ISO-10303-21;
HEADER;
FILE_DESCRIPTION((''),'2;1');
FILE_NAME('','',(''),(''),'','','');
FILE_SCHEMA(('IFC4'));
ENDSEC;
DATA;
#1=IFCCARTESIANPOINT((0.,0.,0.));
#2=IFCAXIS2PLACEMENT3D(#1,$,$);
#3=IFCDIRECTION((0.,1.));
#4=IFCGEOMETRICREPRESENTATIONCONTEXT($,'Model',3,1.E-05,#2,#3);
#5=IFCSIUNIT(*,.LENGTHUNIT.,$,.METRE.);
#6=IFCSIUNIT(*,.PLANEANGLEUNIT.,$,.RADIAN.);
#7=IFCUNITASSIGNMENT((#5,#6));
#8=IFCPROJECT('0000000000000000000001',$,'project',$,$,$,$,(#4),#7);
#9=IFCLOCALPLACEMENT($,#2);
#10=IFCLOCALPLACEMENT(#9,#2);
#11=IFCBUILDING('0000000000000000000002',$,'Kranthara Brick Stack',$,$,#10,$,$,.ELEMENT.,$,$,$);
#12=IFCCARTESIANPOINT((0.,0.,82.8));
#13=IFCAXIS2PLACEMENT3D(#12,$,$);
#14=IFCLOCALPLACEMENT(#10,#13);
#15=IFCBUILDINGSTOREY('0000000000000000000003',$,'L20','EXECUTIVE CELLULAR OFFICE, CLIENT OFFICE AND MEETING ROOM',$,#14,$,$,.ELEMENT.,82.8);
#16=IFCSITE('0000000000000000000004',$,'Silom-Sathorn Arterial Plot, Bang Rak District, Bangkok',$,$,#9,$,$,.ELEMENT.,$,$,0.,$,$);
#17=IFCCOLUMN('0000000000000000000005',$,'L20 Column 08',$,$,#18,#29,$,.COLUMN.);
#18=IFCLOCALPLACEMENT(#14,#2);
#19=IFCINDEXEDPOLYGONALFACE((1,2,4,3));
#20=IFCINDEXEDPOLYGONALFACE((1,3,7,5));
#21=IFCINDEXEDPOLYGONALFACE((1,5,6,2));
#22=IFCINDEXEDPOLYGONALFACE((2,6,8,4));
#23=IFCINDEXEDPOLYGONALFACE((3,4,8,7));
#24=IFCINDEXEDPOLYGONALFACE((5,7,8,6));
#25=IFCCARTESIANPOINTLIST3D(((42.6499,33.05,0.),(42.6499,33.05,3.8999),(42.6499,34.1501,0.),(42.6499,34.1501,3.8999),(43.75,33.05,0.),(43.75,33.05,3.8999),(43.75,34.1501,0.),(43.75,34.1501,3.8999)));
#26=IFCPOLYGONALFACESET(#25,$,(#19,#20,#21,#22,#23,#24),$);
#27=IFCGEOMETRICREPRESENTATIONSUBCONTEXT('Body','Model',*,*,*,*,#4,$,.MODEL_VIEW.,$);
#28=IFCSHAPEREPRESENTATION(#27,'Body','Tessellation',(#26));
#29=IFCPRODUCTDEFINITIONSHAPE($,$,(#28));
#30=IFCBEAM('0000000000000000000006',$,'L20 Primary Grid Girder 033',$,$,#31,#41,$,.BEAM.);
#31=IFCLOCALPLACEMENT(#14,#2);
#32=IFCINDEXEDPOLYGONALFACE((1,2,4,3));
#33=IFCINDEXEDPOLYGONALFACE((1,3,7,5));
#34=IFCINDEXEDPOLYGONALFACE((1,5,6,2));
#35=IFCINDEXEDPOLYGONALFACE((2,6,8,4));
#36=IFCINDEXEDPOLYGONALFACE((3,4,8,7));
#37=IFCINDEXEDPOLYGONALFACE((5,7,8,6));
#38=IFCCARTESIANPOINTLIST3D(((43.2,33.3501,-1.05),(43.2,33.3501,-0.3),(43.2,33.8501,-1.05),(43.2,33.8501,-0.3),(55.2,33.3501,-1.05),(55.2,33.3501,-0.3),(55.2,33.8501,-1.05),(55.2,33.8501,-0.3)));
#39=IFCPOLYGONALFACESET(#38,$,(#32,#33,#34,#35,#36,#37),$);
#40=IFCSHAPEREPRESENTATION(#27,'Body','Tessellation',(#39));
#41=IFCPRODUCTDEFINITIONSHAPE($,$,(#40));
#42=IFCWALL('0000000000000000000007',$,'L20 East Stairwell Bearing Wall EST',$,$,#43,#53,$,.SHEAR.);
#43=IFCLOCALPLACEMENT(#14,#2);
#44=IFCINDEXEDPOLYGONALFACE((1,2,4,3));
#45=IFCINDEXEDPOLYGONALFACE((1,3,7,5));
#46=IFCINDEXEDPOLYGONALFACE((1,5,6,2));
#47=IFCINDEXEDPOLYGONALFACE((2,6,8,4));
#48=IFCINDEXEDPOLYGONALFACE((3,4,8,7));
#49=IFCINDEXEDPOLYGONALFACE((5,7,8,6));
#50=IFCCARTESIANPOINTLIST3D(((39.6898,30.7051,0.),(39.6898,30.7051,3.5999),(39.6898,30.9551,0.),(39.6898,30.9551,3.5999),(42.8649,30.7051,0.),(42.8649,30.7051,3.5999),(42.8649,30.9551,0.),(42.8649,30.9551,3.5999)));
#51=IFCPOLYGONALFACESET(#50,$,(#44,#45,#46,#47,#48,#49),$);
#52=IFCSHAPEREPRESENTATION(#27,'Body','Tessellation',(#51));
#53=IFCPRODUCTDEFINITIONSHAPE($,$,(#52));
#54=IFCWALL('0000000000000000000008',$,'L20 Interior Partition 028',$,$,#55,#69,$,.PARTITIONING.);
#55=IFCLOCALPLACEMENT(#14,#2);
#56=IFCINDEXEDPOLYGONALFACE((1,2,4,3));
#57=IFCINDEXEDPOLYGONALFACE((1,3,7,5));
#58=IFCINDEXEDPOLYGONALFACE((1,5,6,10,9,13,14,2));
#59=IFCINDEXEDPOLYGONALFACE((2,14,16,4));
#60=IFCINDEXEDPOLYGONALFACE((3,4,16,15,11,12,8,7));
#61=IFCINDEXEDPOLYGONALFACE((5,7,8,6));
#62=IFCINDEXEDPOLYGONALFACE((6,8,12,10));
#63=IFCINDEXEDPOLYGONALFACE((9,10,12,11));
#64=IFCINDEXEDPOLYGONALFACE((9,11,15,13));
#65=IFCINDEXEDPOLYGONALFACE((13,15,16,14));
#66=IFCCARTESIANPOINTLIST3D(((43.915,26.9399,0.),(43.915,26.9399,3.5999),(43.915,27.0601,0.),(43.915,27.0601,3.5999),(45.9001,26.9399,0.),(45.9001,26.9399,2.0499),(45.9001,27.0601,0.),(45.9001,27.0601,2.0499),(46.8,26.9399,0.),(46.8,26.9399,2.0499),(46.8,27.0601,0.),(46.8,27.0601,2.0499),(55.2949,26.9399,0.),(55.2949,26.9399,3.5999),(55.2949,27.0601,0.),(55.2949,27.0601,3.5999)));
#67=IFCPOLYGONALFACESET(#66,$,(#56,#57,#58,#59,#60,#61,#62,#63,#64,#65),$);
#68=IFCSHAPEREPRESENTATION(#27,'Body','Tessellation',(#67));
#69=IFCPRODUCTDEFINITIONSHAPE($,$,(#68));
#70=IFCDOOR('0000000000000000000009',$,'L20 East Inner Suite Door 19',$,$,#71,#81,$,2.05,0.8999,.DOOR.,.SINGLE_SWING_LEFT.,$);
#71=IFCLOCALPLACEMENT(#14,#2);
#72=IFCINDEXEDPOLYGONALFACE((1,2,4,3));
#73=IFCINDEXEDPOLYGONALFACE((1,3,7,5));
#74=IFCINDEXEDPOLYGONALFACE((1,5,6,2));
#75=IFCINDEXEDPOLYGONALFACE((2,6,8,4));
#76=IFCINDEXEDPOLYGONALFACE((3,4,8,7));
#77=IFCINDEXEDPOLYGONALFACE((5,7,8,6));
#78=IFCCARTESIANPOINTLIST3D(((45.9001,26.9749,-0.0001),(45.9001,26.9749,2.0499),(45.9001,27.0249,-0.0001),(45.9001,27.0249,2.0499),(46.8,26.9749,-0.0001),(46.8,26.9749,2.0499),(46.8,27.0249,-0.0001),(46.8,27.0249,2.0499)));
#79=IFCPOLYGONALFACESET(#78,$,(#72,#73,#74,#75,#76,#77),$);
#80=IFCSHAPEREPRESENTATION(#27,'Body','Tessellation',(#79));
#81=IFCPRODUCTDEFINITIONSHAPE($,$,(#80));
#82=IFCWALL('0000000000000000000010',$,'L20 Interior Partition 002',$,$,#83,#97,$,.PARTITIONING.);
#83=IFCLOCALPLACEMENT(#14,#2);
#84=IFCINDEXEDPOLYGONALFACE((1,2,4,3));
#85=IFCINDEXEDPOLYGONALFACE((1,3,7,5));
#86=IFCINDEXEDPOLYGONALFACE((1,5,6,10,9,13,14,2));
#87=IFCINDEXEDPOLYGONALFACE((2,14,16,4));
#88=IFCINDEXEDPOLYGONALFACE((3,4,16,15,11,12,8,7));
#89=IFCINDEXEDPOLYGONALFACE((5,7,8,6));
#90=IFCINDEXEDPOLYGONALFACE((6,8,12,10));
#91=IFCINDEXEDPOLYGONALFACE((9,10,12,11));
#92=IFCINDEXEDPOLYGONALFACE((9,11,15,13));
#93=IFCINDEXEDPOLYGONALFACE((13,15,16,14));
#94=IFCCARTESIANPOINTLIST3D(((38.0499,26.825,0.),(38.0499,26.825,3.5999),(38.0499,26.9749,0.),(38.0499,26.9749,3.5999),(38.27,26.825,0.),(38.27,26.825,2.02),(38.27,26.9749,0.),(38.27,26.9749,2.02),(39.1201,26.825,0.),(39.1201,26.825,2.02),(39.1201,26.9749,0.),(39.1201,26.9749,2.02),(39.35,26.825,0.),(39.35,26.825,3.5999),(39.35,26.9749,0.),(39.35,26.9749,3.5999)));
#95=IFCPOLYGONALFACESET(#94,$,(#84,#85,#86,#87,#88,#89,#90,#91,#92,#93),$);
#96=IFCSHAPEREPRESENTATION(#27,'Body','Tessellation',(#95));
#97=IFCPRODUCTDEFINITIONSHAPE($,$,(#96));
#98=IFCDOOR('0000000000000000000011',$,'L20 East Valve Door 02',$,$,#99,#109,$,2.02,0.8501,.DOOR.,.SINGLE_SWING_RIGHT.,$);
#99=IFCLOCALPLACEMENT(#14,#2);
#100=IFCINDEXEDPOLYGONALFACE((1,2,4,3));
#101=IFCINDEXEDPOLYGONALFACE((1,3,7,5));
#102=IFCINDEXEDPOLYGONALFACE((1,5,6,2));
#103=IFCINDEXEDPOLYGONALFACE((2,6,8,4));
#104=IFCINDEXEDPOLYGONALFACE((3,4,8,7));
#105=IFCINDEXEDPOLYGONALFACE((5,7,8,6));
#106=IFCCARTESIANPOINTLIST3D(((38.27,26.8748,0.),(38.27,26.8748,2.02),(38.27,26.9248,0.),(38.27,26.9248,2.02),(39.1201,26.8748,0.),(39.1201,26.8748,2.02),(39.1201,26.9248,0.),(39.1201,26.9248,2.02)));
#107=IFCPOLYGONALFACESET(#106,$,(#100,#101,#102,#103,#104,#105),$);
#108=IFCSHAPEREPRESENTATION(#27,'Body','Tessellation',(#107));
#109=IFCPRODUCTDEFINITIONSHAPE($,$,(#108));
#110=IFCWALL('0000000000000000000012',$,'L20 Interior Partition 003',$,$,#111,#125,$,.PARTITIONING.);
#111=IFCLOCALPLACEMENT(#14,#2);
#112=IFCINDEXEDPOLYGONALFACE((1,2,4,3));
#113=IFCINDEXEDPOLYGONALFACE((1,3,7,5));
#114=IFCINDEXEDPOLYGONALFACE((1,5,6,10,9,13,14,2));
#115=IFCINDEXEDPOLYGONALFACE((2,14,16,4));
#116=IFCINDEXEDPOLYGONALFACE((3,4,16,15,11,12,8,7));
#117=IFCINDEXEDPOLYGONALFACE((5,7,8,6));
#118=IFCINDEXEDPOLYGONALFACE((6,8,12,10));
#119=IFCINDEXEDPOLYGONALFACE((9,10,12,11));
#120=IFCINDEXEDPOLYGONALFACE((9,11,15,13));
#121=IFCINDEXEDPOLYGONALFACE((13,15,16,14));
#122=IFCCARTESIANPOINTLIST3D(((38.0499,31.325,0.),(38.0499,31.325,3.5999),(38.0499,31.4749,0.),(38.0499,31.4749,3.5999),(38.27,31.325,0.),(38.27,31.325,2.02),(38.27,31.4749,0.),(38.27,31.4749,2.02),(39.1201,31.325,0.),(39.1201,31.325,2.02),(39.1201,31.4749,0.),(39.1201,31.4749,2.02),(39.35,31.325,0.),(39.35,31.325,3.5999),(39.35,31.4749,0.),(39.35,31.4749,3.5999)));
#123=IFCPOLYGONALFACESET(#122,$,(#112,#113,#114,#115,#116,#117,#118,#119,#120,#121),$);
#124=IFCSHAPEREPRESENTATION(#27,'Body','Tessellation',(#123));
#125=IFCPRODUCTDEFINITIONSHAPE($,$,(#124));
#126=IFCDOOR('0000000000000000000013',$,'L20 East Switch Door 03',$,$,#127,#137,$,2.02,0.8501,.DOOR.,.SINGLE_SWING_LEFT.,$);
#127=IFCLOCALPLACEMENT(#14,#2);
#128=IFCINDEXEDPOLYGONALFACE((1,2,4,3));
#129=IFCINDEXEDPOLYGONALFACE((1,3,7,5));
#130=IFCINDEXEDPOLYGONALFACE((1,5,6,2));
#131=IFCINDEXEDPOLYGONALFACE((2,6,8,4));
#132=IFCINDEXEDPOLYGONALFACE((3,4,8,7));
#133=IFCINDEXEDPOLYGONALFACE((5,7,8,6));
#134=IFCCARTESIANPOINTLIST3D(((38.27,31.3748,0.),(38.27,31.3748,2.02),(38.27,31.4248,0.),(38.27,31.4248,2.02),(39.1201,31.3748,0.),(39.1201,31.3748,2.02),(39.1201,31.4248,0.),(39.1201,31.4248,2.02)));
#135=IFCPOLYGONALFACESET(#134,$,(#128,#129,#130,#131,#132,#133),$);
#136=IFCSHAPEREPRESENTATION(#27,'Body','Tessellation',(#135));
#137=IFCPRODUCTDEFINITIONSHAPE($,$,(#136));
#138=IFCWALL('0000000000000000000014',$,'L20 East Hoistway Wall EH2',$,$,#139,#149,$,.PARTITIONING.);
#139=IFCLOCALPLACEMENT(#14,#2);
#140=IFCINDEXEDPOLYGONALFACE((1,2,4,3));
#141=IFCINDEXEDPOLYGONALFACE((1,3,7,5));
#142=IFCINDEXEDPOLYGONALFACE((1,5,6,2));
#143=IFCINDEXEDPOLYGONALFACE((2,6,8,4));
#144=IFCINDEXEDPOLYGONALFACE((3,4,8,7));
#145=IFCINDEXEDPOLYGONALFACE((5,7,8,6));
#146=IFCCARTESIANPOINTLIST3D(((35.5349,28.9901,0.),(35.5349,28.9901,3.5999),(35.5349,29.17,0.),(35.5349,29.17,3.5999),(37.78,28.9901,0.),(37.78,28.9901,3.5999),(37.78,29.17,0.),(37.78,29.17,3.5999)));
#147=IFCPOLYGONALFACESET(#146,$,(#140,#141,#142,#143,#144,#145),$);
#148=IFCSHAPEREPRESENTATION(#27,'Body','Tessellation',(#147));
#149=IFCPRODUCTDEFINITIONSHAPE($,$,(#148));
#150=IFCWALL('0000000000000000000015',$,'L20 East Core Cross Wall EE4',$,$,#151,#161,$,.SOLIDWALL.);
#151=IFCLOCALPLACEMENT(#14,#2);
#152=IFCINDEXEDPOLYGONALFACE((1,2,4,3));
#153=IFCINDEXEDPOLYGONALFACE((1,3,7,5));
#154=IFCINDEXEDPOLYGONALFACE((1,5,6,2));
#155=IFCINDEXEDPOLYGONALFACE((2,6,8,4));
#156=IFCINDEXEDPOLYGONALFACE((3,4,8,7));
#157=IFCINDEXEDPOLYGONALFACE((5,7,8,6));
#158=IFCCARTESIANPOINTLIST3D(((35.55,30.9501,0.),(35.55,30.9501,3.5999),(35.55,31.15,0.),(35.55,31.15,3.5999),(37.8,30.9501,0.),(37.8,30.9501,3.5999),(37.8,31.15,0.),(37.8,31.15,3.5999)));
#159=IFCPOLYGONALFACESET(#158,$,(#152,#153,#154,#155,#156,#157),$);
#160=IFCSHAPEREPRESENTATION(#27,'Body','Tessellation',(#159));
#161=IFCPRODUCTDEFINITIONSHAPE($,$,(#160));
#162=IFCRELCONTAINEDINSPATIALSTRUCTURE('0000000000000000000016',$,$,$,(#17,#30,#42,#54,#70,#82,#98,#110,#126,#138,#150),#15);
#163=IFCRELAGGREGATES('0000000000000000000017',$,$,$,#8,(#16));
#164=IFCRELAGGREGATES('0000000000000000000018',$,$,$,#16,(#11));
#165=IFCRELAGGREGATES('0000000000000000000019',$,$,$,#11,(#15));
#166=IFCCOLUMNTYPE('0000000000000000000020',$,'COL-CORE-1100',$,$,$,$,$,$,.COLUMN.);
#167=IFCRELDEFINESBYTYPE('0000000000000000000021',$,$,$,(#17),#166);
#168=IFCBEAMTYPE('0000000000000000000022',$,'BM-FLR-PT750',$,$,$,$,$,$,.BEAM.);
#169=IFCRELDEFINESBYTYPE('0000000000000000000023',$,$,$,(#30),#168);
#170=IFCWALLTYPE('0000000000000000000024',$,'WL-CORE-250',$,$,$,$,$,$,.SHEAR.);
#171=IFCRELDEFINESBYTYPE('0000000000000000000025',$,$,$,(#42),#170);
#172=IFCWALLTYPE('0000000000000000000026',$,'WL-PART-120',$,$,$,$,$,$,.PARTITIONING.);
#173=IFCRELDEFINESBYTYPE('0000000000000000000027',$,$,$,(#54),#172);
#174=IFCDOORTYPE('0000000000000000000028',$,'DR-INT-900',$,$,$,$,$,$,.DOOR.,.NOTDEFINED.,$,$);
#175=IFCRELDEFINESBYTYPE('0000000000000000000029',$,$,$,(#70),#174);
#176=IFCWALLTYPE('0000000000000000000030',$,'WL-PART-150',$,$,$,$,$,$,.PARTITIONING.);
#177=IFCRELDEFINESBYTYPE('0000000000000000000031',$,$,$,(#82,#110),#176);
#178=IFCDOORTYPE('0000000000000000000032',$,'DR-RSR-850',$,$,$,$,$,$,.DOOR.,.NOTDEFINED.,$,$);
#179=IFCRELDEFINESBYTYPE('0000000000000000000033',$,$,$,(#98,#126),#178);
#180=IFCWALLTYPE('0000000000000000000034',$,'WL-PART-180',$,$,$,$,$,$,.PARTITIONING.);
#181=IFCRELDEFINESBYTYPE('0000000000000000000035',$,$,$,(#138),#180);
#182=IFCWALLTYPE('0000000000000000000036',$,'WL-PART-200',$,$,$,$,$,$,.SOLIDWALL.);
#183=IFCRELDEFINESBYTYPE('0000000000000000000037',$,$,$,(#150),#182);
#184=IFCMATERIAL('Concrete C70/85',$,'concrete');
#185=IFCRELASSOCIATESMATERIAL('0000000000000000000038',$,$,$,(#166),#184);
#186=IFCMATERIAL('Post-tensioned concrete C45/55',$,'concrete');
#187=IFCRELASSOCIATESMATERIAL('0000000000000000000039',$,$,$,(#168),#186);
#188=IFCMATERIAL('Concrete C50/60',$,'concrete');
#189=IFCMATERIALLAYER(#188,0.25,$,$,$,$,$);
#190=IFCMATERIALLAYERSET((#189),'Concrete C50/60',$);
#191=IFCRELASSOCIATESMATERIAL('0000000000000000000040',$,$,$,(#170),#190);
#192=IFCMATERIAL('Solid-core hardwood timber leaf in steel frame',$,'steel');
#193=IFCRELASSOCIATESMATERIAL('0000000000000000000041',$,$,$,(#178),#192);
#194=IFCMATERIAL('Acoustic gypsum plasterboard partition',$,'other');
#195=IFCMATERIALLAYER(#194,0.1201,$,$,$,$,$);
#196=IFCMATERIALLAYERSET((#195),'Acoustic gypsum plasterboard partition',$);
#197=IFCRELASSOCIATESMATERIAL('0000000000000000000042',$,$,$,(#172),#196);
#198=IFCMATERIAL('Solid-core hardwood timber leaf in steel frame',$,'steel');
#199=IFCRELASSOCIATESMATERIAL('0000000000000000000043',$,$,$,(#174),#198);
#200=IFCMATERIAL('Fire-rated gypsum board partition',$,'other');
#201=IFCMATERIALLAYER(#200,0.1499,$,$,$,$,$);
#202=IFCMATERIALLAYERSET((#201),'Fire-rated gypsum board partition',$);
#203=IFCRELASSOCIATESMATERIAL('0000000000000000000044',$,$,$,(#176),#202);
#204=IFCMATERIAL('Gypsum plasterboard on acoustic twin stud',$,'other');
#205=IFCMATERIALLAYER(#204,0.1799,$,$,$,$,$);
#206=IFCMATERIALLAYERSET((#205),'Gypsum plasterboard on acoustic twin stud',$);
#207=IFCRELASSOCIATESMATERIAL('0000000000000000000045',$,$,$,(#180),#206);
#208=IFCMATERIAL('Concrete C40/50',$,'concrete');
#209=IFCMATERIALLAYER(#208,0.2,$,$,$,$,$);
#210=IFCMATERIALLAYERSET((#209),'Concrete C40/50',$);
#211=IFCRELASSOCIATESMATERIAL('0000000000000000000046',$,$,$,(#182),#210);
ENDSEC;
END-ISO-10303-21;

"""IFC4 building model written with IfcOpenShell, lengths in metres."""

from ifc_helpers import new_model, si_unit, direction, frame, frame_2d, origin, origin_2d, place, context, subcontext, project, spatial, rectangle, extrude, material, layer, layer_set, material_profile, profile_set, type_object, element, fill, save


model = new_model("IFC4")

# Units and contexts
model_context = context("Model", 3, precision=1e-05, world=origin(), true_north=direction((0.0, 1.0)))
body_context = subcontext(model_context, "Body", "Model", "MODEL_VIEW")
ifc_project = project(units=[si_unit("LENGTHUNIT", "METRE"), si_unit("PLANEANGLEUNIT", "RADIAN")], contexts=[model_context])

# Site, building, storey
site_placement = place(None, origin())
site = spatial("IfcSite", under=ifc_project, at=site_placement, Name="Silom-Sathorn Arterial Plot, Bang Rak District, Bangkok", CompositionType="ELEMENT", RefElevation=0.0)
building_placement = place(site_placement, origin())
building = spatial("IfcBuilding", under=site, at=building_placement, Name="Kranthara Brick Stack", CompositionType="ELEMENT")
storey_placement = place(building_placement, frame((0.0, 0.0, 82.8)))
storey = spatial("IfcBuildingStorey", under=building, at=storey_placement, Name="L20", Description="EXECUTIVE CELLULAR OFFICE, CLIENT OFFICE AND MEETING ROOM", CompositionType="ELEMENT", Elevation=82.8)

# Column
ifc_material_1 = material(Name="Concrete C70/85", Category="concrete")
ifc_material_profile_1 = material_profile(ifc_material_1, rectangle(XDim=1.1001, YDim=1.1001, at=origin_2d()), Name="RC 1100x1100")
ifc_profile_set_1 = profile_set([ifc_material_profile_1], Name="Concrete C70/85")
column_type = type_object("IfcColumnType", Name="COL-CORE-1100", PredefinedType="COLUMN", material=ifc_profile_set_1)
column_placement = place(storey_placement, frame((43.2, 33.6001, 0.0), z_axis=(0.0, 0.0, 1.0), x_axis=(1.0, 0.0, 0.0)))
element("IfcColumn", 1, at=column_placement, inside=storey, type_object=column_type, Name="L20 Column 08", PredefinedType="COLUMN", context=body_context, shape_type="SweptSolid", body=[
    extrude(rectangle(XDim=1.1001, YDim=1.1001, at=origin_2d()), origin(), (0.0, 0.0, 1.0), 3.8999),
])

# Beam
ifc_material_2 = material(Name="Post-tensioned concrete C45/55", Category="concrete")
ifc_material_profile_2 = material_profile(ifc_material_2, rectangle(XDim=0.5, YDim=0.75, at=origin_2d()), Name="PT 500x750")
ifc_profile_set_2 = profile_set([ifc_material_profile_2], Name="Post-tensioned concrete C45/55")
beam_type = type_object("IfcBeamType", Name="BM-FLR-PT750", PredefinedType="BEAM", material=ifc_profile_set_2)
beam_placement = place(storey_placement, frame((43.2, 33.6001, -0.675), z_axis=(1.0, 0.0, 0.0), x_axis=(0.0, 1.0, 0.0)))
element("IfcBeam", 2, at=beam_placement, inside=storey, type_object=beam_type, Name="L20 Primary Grid Girder 033", PredefinedType="BEAM", context=body_context, shape_type="SweptSolid", body=[
    extrude(rectangle(XDim=0.5, YDim=0.75, at=origin_2d()), origin(), (0.0, 0.0, 1.0), 12.0),
])

# Wall
ifc_material_3 = material(Name="Concrete C50/60", Category="concrete")
ifc_layer_1 = layer(ifc_material_3, 0.25)
ifc_layer_set_1 = layer_set([ifc_layer_1], Name="Concrete C50/60")
wall_type_1 = type_object("IfcWallType", Name="WL-CORE-250", PredefinedType="SHEAR", material=ifc_layer_set_1)
wall_1_placement = place(storey_placement, frame((39.6899, 30.8301, 0.0), z_axis=(0.0, 0.0, 1.0), x_axis=(1.0, 0.0, 0.0)))
element("IfcWall", 3, at=wall_1_placement, inside=storey, type_object=wall_type_1, Name="L20 East Stairwell Bearing Wall EST", PredefinedType="SHEAR", context=body_context, shape_type="SweptSolid", body=[
    extrude(rectangle(XDim=3.175, YDim=0.25, at=frame_2d((1.5874, 0.0))), origin(), (0.0, 0.0, 1.0), 3.5999),
])

# Shared definitions
ifc_material_4 = material(Name="Solid-core hardwood timber leaf in steel frame", Category="steel")
door_type_1 = type_object("IfcDoorType", Name="DR-RSR-850", OperationType="NOTDEFINED", PredefinedType="DOOR", material=ifc_material_4)

# Walls, openings, doors
ifc_material_5 = material(Name="Acoustic gypsum plasterboard partition", Category="other")
ifc_layer_2 = layer(ifc_material_5, 0.1201)
ifc_layer_set_2 = layer_set([ifc_layer_2], Name="Acoustic gypsum plasterboard partition")
wall_type_2 = type_object("IfcWallType", Name="WL-PART-120", PredefinedType="PARTITIONING", material=ifc_layer_set_2)
wall_2_placement = place(storey_placement, frame((43.915, 27.0, 0.0), z_axis=(0.0, 0.0, 1.0), x_axis=(1.0, 0.0, 0.0)))
wall_2 = element("IfcWall", 4, at=wall_2_placement, inside=storey, type_object=wall_type_2, Name="L20 Interior Partition 028", PredefinedType="PARTITIONING", context=body_context, shape_type="SweptSolid", body=[
    extrude(rectangle(XDim=11.3799, YDim=0.1201, at=frame_2d((5.6899, 0.0))), origin(), (0.0, 0.0, 1.0), 3.5999),
])
opening_1_placement = place(wall_2_placement, frame((1.9851, 0.0, 0.0)))
opening_1 = element("IfcOpeningElement", 5, at=opening_1_placement, cuts=wall_2, PredefinedType="OPENING", context=body_context, shape_type="SweptSolid", body=[
    extrude(rectangle(XDim=0.8999, YDim=2.05, at=frame_2d((0.45, 1.0249))), frame((0.0, 0.0701, 0.0), z_axis=(0.0, -1.0, 0.0), x_axis=(1.0, 0.0, 0.0)), (0.0, 0.0, 1.0), 0.1401),
])
ifc_material_6 = material(Name="Solid-core hardwood timber leaf in steel frame", Category="steel")
door_type_2 = type_object("IfcDoorType", Name="DR-INT-900", OperationType="NOTDEFINED", PredefinedType="DOOR", material=ifc_material_6)
door_1_placement = place(opening_1_placement, origin())
door_1 = element("IfcDoor", 6, at=door_1_placement, inside=storey, type_object=door_type_2, Name="L20 East Inner Suite Door 19", OperationType="SINGLE_SWING_LEFT", OverallHeight=2.05, OverallWidth=0.8999, PredefinedType="DOOR", context=body_context, shape_type="SweptSolid", body=[
    extrude(rectangle(XDim=0.8999, YDim=2.05, at=frame_2d((0.45, 1.0249))), frame((0.0, 0.0249, 0.0), z_axis=(0.0, -1.0, 0.0), x_axis=(1.0, 0.0, 0.0)), (0.0, 0.0, 1.0), 0.05),
])
fill(opening_1, door_1)
ifc_material_7 = material(Name="Fire-rated gypsum board partition", Category="other")
ifc_layer_3 = layer(ifc_material_7, 0.1499)
ifc_layer_set_3 = layer_set([ifc_layer_3], Name="Fire-rated gypsum board partition")
wall_type_3 = type_object("IfcWallType", Name="WL-PART-150", PredefinedType="PARTITIONING", material=ifc_layer_set_3)
wall_3_placement = place(storey_placement, frame((38.05, 26.8999, 0.0), z_axis=(0.0, 0.0, 1.0), x_axis=(1.0, 0.0, 0.0)))
wall_3 = element("IfcWall", 7, at=wall_3_placement, inside=storey, type_object=wall_type_3, Name="L20 Interior Partition 002", PredefinedType="PARTITIONING", context=body_context, shape_type="SweptSolid", body=[
    extrude(rectangle(XDim=1.3, YDim=0.1499, at=frame_2d((0.6499, 0.0))), origin(), (0.0, 0.0, 1.0), 3.5999),
])
opening_2_placement = place(wall_3_placement, frame((0.22, 0.0, 0.0)))
opening_2 = element("IfcOpeningElement", 8, at=opening_2_placement, cuts=wall_3, PredefinedType="OPENING", context=body_context, shape_type="SweptSolid", body=[
    extrude(rectangle(XDim=0.8501, YDim=2.02, at=frame_2d((0.425, 1.01))), frame((0.0, 0.085, 0.0), z_axis=(0.0, -1.0, 0.0), x_axis=(1.0, 0.0, 0.0)), (0.0, 0.0, 1.0), 0.1699),
])
door_2_placement = place(opening_2_placement, origin())
door_2 = element("IfcDoor", 9, at=door_2_placement, inside=storey, type_object=door_type_1, Name="L20 East Valve Door 02", OperationType="SINGLE_SWING_RIGHT", OverallHeight=2.02, OverallWidth=0.8501, PredefinedType="DOOR", context=body_context, shape_type="SweptSolid", body=[
    extrude(rectangle(XDim=0.8501, YDim=2.02, at=frame_2d((0.425, 1.01))), frame((0.0, 0.0249, 0.0), z_axis=(0.0, -1.0, 0.0), x_axis=(1.0, 0.0, 0.0)), (0.0, 0.0, 1.0), 0.05),
])
fill(opening_2, door_2)
wall_4_placement = place(storey_placement, frame((38.05, 31.3999, 0.0), z_axis=(0.0, 0.0, 1.0), x_axis=(1.0, 0.0, 0.0)))
wall_4 = element("IfcWall", 10, at=wall_4_placement, inside=storey, type_object=wall_type_3, Name="L20 Interior Partition 003", PredefinedType="PARTITIONING", context=body_context, shape_type="SweptSolid", body=[
    extrude(rectangle(XDim=1.3, YDim=0.1499, at=frame_2d((0.6499, 0.0))), origin(), (0.0, 0.0, 1.0), 3.5999),
])
opening_3_placement = place(wall_4_placement, frame((0.22, 0.0, 0.0)))
opening_3 = element("IfcOpeningElement", 11, at=opening_3_placement, cuts=wall_4, PredefinedType="OPENING", context=body_context, shape_type="SweptSolid", body=[
    extrude(rectangle(XDim=0.8501, YDim=2.02, at=frame_2d((0.425, 1.01))), frame((0.0, 0.085, 0.0), z_axis=(0.0, -1.0, 0.0), x_axis=(1.0, 0.0, 0.0)), (0.0, 0.0, 1.0), 0.1699),
])
door_3_placement = place(opening_3_placement, origin())
door_3 = element("IfcDoor", 12, at=door_3_placement, inside=storey, type_object=door_type_1, Name="L20 East Switch Door 03", OperationType="SINGLE_SWING_LEFT", OverallHeight=2.02, OverallWidth=0.8501, PredefinedType="DOOR", context=body_context, shape_type="SweptSolid", body=[
    extrude(rectangle(XDim=0.8501, YDim=2.02, at=frame_2d((0.425, 1.01))), frame((0.0, 0.0249, 0.0), z_axis=(0.0, -1.0, 0.0), x_axis=(1.0, 0.0, 0.0)), (0.0, 0.0, 1.0), 0.05),
])
fill(opening_3, door_3)

# Walls
ifc_material_8 = material(Name="Gypsum plasterboard on acoustic twin stud", Category="other")
ifc_layer_4 = layer(ifc_material_8, 0.1799)
ifc_layer_set_4 = layer_set([ifc_layer_4], Name="Gypsum plasterboard on acoustic twin stud")
wall_type_4 = type_object("IfcWallType", Name="WL-PART-180", PredefinedType="PARTITIONING", material=ifc_layer_set_4)
wall_5_placement = place(storey_placement, frame((35.5349, 29.0801, 0.0), z_axis=(0.0, 0.0, 1.0), x_axis=(1.0, 0.0, 0.0)))
element("IfcWall", 13, at=wall_5_placement, inside=storey, type_object=wall_type_4, Name="L20 East Hoistway Wall EH2", PredefinedType="PARTITIONING", context=body_context, shape_type="SweptSolid", body=[
    extrude(rectangle(XDim=2.2451, YDim=0.1799, at=frame_2d((1.1226, 0.0))), origin(), (0.0, 0.0, 1.0), 3.5999),
])
ifc_material_9 = material(Name="Concrete C40/50", Category="concrete")
ifc_layer_5 = layer(ifc_material_9, 0.2)
ifc_layer_set_5 = layer_set([ifc_layer_5], Name="Concrete C40/50")
wall_type_5 = type_object("IfcWallType", Name="WL-PART-200", PredefinedType="SOLIDWALL", material=ifc_layer_set_5)
wall_6_placement = place(storey_placement, frame((35.55, 31.05, 0.0), z_axis=(0.0, 0.0, 1.0), x_axis=(1.0, 0.0, 0.0)))
element("IfcWall", 14, at=wall_6_placement, inside=storey, type_object=wall_type_5, Name="L20 East Core Cross Wall EE4", PredefinedType="SOLIDWALL", context=body_context, shape_type="SweptSolid", body=[
    extrude(rectangle(XDim=2.25, YDim=0.2, at=frame_2d((1.125, 0.0))), origin(), (0.0, 0.0, 1.0), 3.5999),
])

save(model, "model.ifc")
